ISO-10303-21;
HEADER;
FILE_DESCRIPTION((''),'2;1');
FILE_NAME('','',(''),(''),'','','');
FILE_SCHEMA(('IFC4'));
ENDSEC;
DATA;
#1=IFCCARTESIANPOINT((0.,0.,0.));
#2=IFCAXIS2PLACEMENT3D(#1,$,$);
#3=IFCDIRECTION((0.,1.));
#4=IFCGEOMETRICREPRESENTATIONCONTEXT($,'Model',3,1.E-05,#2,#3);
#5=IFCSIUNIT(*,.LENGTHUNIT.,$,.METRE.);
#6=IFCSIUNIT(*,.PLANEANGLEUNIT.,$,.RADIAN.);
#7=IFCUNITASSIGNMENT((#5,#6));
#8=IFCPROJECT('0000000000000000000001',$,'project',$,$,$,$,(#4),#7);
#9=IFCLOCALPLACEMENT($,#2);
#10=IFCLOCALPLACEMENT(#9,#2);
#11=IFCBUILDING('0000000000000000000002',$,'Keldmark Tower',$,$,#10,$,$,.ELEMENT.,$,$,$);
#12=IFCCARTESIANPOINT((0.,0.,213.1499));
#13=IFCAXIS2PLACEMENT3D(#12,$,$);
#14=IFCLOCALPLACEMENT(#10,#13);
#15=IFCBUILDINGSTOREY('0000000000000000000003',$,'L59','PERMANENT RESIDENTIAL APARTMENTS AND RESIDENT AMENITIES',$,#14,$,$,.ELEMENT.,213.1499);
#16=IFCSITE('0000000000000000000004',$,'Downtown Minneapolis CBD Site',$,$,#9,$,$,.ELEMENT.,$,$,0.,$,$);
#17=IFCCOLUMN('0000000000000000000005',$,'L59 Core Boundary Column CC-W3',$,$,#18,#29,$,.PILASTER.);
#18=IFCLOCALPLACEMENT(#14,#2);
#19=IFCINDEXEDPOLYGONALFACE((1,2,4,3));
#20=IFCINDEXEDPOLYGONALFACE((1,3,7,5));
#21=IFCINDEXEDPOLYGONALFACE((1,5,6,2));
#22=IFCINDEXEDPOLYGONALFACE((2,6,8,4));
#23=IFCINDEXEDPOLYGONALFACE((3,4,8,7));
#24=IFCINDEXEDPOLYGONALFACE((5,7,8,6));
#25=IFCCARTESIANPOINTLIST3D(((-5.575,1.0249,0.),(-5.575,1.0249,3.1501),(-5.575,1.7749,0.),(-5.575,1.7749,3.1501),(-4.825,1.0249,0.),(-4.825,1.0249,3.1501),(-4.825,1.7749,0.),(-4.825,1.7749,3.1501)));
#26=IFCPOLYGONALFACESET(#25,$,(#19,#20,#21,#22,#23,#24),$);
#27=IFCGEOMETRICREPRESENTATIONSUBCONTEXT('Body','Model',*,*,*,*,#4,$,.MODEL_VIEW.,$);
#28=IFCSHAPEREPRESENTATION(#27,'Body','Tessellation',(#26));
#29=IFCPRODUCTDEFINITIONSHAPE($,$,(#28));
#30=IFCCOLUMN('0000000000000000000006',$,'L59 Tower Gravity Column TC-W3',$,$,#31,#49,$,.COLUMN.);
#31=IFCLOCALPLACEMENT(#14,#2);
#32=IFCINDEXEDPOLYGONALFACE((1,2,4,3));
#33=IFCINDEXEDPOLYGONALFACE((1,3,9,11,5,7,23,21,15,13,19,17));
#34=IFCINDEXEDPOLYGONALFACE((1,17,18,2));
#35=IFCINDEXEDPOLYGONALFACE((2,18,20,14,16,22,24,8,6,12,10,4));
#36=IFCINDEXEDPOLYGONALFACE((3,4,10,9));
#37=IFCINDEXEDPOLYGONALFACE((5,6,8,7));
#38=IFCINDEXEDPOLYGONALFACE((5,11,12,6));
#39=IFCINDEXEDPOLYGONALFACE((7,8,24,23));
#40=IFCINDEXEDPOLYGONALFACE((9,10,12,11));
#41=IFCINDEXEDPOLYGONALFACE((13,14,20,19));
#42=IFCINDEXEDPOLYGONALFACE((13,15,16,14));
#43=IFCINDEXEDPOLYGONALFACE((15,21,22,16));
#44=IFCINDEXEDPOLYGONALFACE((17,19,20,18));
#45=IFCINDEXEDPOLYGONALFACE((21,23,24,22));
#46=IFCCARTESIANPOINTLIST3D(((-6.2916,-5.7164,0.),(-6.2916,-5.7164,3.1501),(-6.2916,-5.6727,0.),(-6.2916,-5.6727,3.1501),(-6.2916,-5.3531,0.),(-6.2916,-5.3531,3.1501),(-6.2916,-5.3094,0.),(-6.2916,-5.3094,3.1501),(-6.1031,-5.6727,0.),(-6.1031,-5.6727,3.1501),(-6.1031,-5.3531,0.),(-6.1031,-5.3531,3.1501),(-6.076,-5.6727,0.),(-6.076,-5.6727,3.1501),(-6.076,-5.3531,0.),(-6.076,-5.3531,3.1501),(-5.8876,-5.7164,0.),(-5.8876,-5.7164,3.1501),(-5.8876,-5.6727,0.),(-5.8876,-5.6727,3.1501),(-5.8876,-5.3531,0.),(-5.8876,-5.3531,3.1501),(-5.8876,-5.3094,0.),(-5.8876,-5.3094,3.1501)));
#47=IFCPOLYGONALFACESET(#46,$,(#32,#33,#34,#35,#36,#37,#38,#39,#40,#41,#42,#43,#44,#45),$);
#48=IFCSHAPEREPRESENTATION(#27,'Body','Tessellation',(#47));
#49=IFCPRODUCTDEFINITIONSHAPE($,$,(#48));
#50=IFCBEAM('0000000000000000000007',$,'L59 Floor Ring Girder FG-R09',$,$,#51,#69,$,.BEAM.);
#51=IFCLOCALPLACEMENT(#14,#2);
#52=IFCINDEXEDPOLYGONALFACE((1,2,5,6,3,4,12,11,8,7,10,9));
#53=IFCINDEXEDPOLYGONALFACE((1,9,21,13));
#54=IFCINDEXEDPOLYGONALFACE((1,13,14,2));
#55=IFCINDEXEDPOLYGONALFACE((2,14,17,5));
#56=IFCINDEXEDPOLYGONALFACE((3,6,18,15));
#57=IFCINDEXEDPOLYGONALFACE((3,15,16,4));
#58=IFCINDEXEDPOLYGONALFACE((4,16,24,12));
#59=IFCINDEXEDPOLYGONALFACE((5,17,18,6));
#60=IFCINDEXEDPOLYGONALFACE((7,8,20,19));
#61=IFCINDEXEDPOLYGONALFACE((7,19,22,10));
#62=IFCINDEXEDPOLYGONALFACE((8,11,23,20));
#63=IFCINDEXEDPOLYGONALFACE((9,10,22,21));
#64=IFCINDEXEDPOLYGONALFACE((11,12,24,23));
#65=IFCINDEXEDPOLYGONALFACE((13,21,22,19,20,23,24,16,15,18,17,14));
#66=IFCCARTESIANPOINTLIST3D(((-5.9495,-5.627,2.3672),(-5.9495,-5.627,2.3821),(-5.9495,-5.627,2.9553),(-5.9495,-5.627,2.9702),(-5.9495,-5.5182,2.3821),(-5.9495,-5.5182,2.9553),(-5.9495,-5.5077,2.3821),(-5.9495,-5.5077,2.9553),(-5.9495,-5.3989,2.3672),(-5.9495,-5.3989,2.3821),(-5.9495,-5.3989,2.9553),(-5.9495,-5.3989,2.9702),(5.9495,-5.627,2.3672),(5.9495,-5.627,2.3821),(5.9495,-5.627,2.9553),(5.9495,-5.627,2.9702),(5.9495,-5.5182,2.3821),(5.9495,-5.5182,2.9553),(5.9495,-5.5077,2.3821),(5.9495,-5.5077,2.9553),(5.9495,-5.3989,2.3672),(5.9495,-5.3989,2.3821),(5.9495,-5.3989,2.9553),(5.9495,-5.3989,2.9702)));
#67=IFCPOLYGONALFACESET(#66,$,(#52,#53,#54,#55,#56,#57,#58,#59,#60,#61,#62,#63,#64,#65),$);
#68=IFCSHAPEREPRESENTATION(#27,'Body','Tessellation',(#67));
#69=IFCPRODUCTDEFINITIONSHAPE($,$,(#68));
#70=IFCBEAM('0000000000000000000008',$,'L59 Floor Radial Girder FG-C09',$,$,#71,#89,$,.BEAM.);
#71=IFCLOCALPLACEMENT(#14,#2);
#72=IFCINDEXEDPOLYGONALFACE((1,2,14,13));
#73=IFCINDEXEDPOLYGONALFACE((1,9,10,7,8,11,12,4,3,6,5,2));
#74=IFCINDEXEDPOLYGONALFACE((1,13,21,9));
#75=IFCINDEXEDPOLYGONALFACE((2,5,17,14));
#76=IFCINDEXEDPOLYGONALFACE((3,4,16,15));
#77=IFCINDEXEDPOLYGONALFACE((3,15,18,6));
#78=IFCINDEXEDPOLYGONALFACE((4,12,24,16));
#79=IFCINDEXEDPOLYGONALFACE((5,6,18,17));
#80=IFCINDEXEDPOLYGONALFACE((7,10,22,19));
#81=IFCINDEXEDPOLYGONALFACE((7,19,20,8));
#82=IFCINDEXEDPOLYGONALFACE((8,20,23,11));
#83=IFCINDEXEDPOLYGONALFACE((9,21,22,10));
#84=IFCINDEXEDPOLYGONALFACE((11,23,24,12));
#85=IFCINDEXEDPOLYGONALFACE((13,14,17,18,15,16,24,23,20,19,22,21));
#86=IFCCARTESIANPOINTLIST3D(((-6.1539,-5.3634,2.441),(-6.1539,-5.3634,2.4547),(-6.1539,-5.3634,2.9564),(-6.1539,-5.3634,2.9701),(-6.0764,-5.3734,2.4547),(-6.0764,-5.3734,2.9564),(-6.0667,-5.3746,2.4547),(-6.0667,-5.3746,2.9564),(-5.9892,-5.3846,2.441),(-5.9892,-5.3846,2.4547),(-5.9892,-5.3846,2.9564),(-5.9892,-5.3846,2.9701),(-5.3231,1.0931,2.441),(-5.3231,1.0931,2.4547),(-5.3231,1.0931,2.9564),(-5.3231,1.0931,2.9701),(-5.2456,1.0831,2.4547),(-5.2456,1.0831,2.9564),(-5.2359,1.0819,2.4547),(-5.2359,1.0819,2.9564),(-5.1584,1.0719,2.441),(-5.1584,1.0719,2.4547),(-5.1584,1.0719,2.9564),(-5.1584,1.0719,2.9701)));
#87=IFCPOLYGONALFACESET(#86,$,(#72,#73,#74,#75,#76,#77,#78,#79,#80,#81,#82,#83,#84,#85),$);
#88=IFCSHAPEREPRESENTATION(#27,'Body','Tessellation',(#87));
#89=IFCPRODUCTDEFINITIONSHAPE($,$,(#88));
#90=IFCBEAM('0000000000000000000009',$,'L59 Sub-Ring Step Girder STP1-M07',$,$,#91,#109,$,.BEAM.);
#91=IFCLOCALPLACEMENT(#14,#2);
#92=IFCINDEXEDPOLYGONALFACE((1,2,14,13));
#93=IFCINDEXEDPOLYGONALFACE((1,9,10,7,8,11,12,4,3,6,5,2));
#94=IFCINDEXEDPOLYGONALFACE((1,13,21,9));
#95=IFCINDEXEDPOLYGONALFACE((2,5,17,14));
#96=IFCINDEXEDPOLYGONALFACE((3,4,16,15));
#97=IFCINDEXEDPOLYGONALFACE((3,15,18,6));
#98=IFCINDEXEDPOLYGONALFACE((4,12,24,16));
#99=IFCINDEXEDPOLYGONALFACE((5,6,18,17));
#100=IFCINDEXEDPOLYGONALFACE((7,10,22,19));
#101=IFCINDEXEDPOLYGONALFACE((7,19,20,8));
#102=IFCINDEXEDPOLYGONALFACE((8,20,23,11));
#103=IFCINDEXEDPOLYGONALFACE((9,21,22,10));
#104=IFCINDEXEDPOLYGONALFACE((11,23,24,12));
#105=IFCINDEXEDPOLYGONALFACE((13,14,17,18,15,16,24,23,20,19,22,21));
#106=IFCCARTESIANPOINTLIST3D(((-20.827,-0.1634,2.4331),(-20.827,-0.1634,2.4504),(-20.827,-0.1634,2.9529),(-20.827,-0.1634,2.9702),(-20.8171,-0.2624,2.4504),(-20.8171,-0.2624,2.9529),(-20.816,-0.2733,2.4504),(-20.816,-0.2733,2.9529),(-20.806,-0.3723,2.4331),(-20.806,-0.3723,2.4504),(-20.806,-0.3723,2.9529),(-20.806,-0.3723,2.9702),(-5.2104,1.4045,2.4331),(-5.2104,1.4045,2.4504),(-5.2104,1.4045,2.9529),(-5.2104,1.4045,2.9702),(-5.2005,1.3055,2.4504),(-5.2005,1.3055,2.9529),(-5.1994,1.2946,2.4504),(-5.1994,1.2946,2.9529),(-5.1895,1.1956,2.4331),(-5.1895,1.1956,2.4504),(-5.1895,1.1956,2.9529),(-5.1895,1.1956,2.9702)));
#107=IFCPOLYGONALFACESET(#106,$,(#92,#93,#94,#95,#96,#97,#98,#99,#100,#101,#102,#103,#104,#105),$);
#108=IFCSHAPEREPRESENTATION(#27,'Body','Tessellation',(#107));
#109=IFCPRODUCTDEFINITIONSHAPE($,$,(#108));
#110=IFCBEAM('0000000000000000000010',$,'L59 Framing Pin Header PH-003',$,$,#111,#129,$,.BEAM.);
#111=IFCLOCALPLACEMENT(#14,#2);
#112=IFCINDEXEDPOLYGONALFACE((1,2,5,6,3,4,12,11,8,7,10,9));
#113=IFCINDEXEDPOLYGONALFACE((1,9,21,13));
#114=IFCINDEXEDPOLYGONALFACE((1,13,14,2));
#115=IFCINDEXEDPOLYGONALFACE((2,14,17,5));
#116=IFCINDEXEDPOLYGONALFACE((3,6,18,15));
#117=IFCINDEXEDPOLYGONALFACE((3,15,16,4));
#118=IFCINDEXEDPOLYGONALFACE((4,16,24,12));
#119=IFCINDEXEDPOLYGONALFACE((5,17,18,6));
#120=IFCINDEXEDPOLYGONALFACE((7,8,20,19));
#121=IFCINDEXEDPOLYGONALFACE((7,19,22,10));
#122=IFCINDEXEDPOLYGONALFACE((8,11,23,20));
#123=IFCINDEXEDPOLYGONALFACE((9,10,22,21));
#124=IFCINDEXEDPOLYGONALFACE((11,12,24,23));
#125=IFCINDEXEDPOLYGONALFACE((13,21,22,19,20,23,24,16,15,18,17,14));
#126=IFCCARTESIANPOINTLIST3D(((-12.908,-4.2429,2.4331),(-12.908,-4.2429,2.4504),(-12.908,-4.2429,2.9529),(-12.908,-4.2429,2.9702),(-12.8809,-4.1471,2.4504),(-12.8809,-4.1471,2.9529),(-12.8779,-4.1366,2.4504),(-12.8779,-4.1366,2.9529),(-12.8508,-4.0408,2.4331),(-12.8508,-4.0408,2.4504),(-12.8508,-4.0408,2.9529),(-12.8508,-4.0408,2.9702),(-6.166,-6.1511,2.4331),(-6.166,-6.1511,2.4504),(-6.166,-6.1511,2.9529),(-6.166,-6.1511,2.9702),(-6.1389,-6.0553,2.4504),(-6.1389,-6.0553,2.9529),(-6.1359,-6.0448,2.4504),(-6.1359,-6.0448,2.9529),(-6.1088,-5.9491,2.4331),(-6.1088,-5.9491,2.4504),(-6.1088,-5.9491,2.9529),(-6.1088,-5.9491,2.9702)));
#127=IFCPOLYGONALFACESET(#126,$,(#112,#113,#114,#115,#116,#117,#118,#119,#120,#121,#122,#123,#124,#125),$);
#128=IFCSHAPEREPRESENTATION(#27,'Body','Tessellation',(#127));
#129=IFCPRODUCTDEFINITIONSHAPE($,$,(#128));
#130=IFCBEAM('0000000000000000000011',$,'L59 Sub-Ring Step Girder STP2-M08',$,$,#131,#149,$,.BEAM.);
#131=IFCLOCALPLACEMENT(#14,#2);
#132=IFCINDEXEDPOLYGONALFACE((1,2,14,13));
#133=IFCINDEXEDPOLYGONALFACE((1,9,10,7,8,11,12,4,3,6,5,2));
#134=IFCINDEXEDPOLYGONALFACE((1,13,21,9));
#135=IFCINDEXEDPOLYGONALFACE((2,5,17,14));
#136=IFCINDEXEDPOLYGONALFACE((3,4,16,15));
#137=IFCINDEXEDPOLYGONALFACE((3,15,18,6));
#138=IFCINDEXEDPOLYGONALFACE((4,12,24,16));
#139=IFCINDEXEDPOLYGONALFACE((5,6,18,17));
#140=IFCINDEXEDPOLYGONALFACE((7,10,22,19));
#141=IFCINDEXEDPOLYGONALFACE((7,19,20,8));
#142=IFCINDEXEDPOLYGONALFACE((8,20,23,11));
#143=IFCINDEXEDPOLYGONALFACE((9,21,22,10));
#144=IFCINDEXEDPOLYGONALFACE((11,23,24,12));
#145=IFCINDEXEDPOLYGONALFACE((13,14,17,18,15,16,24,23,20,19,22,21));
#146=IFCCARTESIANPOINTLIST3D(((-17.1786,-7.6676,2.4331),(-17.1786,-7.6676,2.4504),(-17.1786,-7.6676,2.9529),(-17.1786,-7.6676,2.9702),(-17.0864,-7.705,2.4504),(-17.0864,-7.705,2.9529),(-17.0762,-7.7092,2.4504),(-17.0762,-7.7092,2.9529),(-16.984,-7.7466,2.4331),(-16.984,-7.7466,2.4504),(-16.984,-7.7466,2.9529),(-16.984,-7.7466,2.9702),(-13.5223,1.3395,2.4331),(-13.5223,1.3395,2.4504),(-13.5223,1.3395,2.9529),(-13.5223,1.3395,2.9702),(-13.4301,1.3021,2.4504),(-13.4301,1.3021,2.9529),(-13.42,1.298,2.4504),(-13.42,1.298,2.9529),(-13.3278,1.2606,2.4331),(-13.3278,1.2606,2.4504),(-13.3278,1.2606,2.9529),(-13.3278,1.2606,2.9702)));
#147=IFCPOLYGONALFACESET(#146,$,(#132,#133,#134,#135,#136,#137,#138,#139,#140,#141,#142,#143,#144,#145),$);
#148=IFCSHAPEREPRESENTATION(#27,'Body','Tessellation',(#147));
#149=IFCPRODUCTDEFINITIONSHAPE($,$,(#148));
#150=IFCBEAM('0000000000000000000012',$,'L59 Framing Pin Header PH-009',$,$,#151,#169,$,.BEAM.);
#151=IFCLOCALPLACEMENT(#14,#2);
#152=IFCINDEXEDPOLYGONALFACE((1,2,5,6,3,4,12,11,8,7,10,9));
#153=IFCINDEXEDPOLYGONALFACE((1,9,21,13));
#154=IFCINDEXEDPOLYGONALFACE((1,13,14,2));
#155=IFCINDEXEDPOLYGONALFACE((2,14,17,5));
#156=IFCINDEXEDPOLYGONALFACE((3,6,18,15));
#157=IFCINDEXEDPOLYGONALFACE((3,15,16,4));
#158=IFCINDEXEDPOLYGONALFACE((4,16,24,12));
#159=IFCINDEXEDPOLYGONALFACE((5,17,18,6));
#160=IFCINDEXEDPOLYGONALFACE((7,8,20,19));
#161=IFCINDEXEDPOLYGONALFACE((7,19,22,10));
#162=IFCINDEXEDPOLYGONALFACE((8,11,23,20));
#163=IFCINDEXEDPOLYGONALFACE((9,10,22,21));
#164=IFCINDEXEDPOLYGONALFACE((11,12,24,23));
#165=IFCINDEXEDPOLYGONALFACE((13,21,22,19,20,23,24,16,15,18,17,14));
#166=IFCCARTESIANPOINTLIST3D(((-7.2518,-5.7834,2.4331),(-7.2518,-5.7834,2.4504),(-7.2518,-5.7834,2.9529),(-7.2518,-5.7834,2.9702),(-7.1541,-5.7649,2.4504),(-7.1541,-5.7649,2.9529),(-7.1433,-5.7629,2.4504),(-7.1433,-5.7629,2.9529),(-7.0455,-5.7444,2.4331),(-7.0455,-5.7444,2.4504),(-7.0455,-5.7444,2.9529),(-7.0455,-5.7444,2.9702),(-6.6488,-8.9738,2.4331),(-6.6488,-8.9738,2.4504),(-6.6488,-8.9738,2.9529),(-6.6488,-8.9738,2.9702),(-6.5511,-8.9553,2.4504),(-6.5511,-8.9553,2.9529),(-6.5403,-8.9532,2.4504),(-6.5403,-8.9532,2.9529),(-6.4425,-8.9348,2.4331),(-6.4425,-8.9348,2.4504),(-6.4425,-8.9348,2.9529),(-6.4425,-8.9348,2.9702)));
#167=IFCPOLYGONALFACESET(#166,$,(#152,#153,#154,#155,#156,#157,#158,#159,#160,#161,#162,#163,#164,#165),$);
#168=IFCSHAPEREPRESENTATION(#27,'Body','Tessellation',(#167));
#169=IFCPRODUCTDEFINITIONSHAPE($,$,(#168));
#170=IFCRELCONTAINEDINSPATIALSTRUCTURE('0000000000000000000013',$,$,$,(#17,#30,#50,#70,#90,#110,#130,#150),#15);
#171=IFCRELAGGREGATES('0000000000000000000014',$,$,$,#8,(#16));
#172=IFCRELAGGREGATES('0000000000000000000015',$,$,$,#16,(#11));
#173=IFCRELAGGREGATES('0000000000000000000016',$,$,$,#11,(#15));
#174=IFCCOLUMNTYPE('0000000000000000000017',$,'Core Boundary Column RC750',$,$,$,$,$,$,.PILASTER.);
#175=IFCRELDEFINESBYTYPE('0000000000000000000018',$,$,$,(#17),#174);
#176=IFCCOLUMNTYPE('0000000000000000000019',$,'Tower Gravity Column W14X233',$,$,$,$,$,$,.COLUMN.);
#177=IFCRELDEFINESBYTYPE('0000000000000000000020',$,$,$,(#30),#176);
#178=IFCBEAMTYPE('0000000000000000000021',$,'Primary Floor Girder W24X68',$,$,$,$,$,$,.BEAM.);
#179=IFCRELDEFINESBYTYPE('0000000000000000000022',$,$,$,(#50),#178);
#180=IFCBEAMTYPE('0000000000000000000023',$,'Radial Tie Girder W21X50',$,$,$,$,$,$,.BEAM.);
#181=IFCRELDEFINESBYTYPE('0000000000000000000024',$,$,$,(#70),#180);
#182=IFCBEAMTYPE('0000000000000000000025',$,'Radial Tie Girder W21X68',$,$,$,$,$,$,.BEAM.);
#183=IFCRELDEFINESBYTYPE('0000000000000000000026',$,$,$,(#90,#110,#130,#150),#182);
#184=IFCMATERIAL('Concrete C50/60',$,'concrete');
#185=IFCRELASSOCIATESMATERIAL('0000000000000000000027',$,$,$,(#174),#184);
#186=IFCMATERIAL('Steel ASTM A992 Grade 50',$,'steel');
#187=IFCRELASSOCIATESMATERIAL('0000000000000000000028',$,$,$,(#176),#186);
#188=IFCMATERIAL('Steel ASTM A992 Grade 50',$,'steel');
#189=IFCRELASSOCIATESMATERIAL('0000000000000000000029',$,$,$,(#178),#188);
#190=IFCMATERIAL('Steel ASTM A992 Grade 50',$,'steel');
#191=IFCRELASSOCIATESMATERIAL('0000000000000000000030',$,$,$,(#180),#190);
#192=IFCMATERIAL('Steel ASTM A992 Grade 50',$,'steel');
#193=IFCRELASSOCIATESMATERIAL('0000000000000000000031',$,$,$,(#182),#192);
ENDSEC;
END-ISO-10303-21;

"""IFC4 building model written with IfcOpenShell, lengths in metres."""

from ifc_helpers import new_model, si_unit, direction, frame, origin, origin_2d, place, context, subcontext, project, spatial, rectangle, i_section, extrude, material, material_profile, profile_set, type_object, element, save


model = new_model("IFC4")

# Units and contexts
model_context = context("Model", 3, precision=1e-05, world=origin(), true_north=direction((0.0, 1.0)))
body_context = subcontext(model_context, "Body", "Model", "MODEL_VIEW")
ifc_project = project(units=[si_unit("LENGTHUNIT", "METRE"), si_unit("PLANEANGLEUNIT", "RADIAN")], contexts=[model_context])

# Site, building, storey
site_placement = place(None, origin())
site = spatial("IfcSite", under=ifc_project, at=site_placement, Name="Downtown Minneapolis CBD Site", CompositionType="ELEMENT", RefElevation=0.0)
building_placement = place(site_placement, origin())
building = spatial("IfcBuilding", under=site, at=building_placement, Name="Keldmark Tower", CompositionType="ELEMENT")
storey_placement = place(building_placement, frame((0.0, 0.0, 213.1499)))
storey = spatial("IfcBuildingStorey", under=building, at=storey_placement, Name="L59", Description="PERMANENT RESIDENTIAL APARTMENTS AND RESIDENT AMENITIES", CompositionType="ELEMENT", Elevation=213.1499)

# Columns
ifc_material_1 = material(Name="Concrete C50/60", Category="concrete")
ifc_material_profile_1 = material_profile(ifc_material_1, rectangle(XDim=0.75, YDim=0.75, at=origin_2d()), Name="RC750X750")
ifc_profile_set_1 = profile_set([ifc_material_profile_1], Name="Concrete C50/60")
column_type_1 = type_object("IfcColumnType", Name="Core Boundary Column RC750", PredefinedType="PILASTER", material=ifc_profile_set_1)
column_1_placement = place(storey_placement, frame((-5.2, 1.3999, 0.0), z_axis=(0.0, 0.0, 1.0), x_axis=(1.0, 0.0, 0.0)))
element("IfcColumn", 1, at=column_1_placement, inside=storey, type_object=column_type_1, Name="L59 Core Boundary Column CC-W3", PredefinedType="PILASTER", context=body_context, shape_type="SweptSolid", body=[
    extrude(rectangle(XDim=0.75, YDim=0.75, at=origin_2d()), origin(), (0.0, 0.0, 1.0), 3.1501),
])
ifc_material_2 = material(Name="Steel ASTM A992 Grade 50", Category="steel")
ifc_material_profile_2 = material_profile(ifc_material_2, i_section(OverallWidth=0.4041, OverallDepth=0.407, WebThickness=0.0271, FlangeThickness=0.0437, at=origin_2d()), Name="W14X233")
ifc_profile_set_2 = profile_set([ifc_material_profile_2], Name="Steel ASTM A992 Grade 50")
column_type_2 = type_object("IfcColumnType", Name="Tower Gravity Column W14X233", PredefinedType="COLUMN", material=ifc_profile_set_2)
column_2_placement = place(storey_placement, frame((-6.0896, -5.5129, 0.0), z_axis=(0.0, 0.0, 1.0), x_axis=(1.0, 0.0, 0.0)))
element("IfcColumn", 2, at=column_2_placement, inside=storey, type_object=column_type_2, Name="L59 Tower Gravity Column TC-W3", PredefinedType="COLUMN", context=body_context, shape_type="SweptSolid", body=[
    extrude(i_section(OverallWidth=0.4041, OverallDepth=0.407, WebThickness=0.0271, FlangeThickness=0.0437, at=origin_2d()), origin(), (0.0, 0.0, 1.0), 3.1501),
])

# Beams
ifc_material_3 = material(Name="Steel ASTM A992 Grade 50", Category="steel")
ifc_material_profile_3 = material_profile(ifc_material_3, i_section(OverallWidth=0.228, OverallDepth=0.603, WebThickness=0.0105, FlangeThickness=0.0149, at=origin_2d()), Name="W24X68")
ifc_profile_set_3 = profile_set([ifc_material_profile_3], Name="Steel ASTM A992 Grade 50")
beam_type_1 = type_object("IfcBeamType", Name="Primary Floor Girder W24X68", PredefinedType="BEAM", material=ifc_profile_set_3)
beam_1_placement = place(storey_placement, frame((-5.9495, -5.5129, 2.6687), z_axis=(1.0, 0.0, 0.0), x_axis=(0.0, 1.0, 0.0)))
element("IfcBeam", 3, at=beam_1_placement, inside=storey, type_object=beam_type_1, Name="L59 Floor Ring Girder FG-R09", PredefinedType="BEAM", context=body_context, shape_type="SweptSolid", body=[
    extrude(i_section(OverallWidth=0.228, OverallDepth=0.603, WebThickness=0.0105, FlangeThickness=0.0149, at=origin_2d()), origin(), (0.0, 0.0, 1.0), 11.8989),
])
ifc_material_4 = material(Name="Steel ASTM A992 Grade 50", Category="steel")
ifc_material_profile_4 = material_profile(ifc_material_4, i_section(OverallWidth=0.166, OverallDepth=0.5291, WebThickness=0.0098, FlangeThickness=0.0137, at=origin_2d()), Name="W21X50")
ifc_profile_set_4 = profile_set([ifc_material_profile_4], Name="Steel ASTM A992 Grade 50")
beam_type_2 = type_object("IfcBeamType", Name="Radial Tie Girder W21X50", PredefinedType="BEAM", material=ifc_profile_set_4)
beam_2_placement = place(storey_placement, frame((-6.0715, -5.374, 2.7056), z_axis=(0.127625, 0.991822, 0.0), x_axis=(-0.991822, 0.127625, 0.0)))
element("IfcBeam", 4, at=beam_2_placement, inside=storey, type_object=beam_type_2, Name="L59 Floor Radial Girder FG-C09", PredefinedType="BEAM", context=body_context, shape_type="SweptSolid", body=[
    extrude(i_section(OverallWidth=0.166, OverallDepth=0.5291, WebThickness=0.0098, FlangeThickness=0.0137, at=origin_2d()), origin(), (0.0, 0.0, 1.0), 6.5098),
])
ifc_material_5 = material(Name="Steel ASTM A992 Grade 50", Category="steel")
ifc_material_profile_5 = material_profile(ifc_material_5, i_section(OverallWidth=0.21, OverallDepth=0.5371, WebThickness=0.011, FlangeThickness=0.0173, at=origin_2d()), Name="W21X68")
ifc_profile_set_5 = profile_set([ifc_material_profile_5], Name="Steel ASTM A992 Grade 50")
beam_type_3 = type_object("IfcBeamType", Name="Radial Tie Girder W21X68", PredefinedType="BEAM", material=ifc_profile_set_5)
beam_3_placement = place(storey_placement, frame((-5.2, 1.3, 2.7017), z_axis=(-0.994998, -0.099896, 0.0), x_axis=(0.099896, -0.994998, 0.0)))
element("IfcBeam", 5, at=beam_3_placement, inside=storey, type_object=beam_type_3, Name="L59 Sub-Ring Step Girder STP1-M07", PredefinedType="BEAM", context=body_context, shape_type="SweptSolid", body=[
    extrude(i_section(OverallWidth=0.21, OverallDepth=0.5371, WebThickness=0.011, FlangeThickness=0.0173, at=origin_2d()), origin(), (0.0, 0.0, 1.0), 15.6951),
])
beam_4_placement = place(storey_placement, frame((-12.8794, -4.1418, 2.7017), z_axis=(0.962202, -0.272336, 0.0), x_axis=(0.272336, 0.962202, 0.0)))
element("IfcBeam", 6, at=beam_4_placement, inside=storey, type_object=beam_type_3, Name="L59 Framing Pin Header PH-003", PredefinedType="BEAM", context=body_context, shape_type="SweptSolid", body=[
    extrude(i_section(OverallWidth=0.21, OverallDepth=0.5371, WebThickness=0.011, FlangeThickness=0.0173, at=origin_2d()), origin(), (0.0, 0.0, 1.0), 7.0068),
])
beam_5_placement = place(storey_placement, frame((-13.425, 1.3, 2.7017), z_axis=(-0.376123, -0.92657, 0.0), x_axis=(0.92657, -0.376123, 0.0)))
element("IfcBeam", 7, at=beam_5_placement, inside=storey, type_object=beam_type_3, Name="L59 Sub-Ring Step Girder STP2-M08", PredefinedType="BEAM", context=body_context, shape_type="SweptSolid", body=[
    extrude(i_section(OverallWidth=0.21, OverallDepth=0.5371, WebThickness=0.011, FlangeThickness=0.0173, at=origin_2d()), origin(), (0.0, 0.0, 1.0), 9.7209),
])
beam_6_placement = place(storey_placement, frame((-7.1487, -5.7639, 2.7017), z_axis=(0.185723, -0.982602, 0.0), x_axis=(0.982602, 0.185723, 0.0)))
element("IfcBeam", 8, at=beam_6_placement, inside=storey, type_object=beam_type_3, Name="L59 Framing Pin Header PH-009", PredefinedType="BEAM", context=body_context, shape_type="SweptSolid", body=[
    extrude(i_section(OverallWidth=0.21, OverallDepth=0.5371, WebThickness=0.011, FlangeThickness=0.0173, at=origin_2d()), origin(), (0.0, 0.0, 1.0), 3.2468),
])

save(model, "model.ifc")
